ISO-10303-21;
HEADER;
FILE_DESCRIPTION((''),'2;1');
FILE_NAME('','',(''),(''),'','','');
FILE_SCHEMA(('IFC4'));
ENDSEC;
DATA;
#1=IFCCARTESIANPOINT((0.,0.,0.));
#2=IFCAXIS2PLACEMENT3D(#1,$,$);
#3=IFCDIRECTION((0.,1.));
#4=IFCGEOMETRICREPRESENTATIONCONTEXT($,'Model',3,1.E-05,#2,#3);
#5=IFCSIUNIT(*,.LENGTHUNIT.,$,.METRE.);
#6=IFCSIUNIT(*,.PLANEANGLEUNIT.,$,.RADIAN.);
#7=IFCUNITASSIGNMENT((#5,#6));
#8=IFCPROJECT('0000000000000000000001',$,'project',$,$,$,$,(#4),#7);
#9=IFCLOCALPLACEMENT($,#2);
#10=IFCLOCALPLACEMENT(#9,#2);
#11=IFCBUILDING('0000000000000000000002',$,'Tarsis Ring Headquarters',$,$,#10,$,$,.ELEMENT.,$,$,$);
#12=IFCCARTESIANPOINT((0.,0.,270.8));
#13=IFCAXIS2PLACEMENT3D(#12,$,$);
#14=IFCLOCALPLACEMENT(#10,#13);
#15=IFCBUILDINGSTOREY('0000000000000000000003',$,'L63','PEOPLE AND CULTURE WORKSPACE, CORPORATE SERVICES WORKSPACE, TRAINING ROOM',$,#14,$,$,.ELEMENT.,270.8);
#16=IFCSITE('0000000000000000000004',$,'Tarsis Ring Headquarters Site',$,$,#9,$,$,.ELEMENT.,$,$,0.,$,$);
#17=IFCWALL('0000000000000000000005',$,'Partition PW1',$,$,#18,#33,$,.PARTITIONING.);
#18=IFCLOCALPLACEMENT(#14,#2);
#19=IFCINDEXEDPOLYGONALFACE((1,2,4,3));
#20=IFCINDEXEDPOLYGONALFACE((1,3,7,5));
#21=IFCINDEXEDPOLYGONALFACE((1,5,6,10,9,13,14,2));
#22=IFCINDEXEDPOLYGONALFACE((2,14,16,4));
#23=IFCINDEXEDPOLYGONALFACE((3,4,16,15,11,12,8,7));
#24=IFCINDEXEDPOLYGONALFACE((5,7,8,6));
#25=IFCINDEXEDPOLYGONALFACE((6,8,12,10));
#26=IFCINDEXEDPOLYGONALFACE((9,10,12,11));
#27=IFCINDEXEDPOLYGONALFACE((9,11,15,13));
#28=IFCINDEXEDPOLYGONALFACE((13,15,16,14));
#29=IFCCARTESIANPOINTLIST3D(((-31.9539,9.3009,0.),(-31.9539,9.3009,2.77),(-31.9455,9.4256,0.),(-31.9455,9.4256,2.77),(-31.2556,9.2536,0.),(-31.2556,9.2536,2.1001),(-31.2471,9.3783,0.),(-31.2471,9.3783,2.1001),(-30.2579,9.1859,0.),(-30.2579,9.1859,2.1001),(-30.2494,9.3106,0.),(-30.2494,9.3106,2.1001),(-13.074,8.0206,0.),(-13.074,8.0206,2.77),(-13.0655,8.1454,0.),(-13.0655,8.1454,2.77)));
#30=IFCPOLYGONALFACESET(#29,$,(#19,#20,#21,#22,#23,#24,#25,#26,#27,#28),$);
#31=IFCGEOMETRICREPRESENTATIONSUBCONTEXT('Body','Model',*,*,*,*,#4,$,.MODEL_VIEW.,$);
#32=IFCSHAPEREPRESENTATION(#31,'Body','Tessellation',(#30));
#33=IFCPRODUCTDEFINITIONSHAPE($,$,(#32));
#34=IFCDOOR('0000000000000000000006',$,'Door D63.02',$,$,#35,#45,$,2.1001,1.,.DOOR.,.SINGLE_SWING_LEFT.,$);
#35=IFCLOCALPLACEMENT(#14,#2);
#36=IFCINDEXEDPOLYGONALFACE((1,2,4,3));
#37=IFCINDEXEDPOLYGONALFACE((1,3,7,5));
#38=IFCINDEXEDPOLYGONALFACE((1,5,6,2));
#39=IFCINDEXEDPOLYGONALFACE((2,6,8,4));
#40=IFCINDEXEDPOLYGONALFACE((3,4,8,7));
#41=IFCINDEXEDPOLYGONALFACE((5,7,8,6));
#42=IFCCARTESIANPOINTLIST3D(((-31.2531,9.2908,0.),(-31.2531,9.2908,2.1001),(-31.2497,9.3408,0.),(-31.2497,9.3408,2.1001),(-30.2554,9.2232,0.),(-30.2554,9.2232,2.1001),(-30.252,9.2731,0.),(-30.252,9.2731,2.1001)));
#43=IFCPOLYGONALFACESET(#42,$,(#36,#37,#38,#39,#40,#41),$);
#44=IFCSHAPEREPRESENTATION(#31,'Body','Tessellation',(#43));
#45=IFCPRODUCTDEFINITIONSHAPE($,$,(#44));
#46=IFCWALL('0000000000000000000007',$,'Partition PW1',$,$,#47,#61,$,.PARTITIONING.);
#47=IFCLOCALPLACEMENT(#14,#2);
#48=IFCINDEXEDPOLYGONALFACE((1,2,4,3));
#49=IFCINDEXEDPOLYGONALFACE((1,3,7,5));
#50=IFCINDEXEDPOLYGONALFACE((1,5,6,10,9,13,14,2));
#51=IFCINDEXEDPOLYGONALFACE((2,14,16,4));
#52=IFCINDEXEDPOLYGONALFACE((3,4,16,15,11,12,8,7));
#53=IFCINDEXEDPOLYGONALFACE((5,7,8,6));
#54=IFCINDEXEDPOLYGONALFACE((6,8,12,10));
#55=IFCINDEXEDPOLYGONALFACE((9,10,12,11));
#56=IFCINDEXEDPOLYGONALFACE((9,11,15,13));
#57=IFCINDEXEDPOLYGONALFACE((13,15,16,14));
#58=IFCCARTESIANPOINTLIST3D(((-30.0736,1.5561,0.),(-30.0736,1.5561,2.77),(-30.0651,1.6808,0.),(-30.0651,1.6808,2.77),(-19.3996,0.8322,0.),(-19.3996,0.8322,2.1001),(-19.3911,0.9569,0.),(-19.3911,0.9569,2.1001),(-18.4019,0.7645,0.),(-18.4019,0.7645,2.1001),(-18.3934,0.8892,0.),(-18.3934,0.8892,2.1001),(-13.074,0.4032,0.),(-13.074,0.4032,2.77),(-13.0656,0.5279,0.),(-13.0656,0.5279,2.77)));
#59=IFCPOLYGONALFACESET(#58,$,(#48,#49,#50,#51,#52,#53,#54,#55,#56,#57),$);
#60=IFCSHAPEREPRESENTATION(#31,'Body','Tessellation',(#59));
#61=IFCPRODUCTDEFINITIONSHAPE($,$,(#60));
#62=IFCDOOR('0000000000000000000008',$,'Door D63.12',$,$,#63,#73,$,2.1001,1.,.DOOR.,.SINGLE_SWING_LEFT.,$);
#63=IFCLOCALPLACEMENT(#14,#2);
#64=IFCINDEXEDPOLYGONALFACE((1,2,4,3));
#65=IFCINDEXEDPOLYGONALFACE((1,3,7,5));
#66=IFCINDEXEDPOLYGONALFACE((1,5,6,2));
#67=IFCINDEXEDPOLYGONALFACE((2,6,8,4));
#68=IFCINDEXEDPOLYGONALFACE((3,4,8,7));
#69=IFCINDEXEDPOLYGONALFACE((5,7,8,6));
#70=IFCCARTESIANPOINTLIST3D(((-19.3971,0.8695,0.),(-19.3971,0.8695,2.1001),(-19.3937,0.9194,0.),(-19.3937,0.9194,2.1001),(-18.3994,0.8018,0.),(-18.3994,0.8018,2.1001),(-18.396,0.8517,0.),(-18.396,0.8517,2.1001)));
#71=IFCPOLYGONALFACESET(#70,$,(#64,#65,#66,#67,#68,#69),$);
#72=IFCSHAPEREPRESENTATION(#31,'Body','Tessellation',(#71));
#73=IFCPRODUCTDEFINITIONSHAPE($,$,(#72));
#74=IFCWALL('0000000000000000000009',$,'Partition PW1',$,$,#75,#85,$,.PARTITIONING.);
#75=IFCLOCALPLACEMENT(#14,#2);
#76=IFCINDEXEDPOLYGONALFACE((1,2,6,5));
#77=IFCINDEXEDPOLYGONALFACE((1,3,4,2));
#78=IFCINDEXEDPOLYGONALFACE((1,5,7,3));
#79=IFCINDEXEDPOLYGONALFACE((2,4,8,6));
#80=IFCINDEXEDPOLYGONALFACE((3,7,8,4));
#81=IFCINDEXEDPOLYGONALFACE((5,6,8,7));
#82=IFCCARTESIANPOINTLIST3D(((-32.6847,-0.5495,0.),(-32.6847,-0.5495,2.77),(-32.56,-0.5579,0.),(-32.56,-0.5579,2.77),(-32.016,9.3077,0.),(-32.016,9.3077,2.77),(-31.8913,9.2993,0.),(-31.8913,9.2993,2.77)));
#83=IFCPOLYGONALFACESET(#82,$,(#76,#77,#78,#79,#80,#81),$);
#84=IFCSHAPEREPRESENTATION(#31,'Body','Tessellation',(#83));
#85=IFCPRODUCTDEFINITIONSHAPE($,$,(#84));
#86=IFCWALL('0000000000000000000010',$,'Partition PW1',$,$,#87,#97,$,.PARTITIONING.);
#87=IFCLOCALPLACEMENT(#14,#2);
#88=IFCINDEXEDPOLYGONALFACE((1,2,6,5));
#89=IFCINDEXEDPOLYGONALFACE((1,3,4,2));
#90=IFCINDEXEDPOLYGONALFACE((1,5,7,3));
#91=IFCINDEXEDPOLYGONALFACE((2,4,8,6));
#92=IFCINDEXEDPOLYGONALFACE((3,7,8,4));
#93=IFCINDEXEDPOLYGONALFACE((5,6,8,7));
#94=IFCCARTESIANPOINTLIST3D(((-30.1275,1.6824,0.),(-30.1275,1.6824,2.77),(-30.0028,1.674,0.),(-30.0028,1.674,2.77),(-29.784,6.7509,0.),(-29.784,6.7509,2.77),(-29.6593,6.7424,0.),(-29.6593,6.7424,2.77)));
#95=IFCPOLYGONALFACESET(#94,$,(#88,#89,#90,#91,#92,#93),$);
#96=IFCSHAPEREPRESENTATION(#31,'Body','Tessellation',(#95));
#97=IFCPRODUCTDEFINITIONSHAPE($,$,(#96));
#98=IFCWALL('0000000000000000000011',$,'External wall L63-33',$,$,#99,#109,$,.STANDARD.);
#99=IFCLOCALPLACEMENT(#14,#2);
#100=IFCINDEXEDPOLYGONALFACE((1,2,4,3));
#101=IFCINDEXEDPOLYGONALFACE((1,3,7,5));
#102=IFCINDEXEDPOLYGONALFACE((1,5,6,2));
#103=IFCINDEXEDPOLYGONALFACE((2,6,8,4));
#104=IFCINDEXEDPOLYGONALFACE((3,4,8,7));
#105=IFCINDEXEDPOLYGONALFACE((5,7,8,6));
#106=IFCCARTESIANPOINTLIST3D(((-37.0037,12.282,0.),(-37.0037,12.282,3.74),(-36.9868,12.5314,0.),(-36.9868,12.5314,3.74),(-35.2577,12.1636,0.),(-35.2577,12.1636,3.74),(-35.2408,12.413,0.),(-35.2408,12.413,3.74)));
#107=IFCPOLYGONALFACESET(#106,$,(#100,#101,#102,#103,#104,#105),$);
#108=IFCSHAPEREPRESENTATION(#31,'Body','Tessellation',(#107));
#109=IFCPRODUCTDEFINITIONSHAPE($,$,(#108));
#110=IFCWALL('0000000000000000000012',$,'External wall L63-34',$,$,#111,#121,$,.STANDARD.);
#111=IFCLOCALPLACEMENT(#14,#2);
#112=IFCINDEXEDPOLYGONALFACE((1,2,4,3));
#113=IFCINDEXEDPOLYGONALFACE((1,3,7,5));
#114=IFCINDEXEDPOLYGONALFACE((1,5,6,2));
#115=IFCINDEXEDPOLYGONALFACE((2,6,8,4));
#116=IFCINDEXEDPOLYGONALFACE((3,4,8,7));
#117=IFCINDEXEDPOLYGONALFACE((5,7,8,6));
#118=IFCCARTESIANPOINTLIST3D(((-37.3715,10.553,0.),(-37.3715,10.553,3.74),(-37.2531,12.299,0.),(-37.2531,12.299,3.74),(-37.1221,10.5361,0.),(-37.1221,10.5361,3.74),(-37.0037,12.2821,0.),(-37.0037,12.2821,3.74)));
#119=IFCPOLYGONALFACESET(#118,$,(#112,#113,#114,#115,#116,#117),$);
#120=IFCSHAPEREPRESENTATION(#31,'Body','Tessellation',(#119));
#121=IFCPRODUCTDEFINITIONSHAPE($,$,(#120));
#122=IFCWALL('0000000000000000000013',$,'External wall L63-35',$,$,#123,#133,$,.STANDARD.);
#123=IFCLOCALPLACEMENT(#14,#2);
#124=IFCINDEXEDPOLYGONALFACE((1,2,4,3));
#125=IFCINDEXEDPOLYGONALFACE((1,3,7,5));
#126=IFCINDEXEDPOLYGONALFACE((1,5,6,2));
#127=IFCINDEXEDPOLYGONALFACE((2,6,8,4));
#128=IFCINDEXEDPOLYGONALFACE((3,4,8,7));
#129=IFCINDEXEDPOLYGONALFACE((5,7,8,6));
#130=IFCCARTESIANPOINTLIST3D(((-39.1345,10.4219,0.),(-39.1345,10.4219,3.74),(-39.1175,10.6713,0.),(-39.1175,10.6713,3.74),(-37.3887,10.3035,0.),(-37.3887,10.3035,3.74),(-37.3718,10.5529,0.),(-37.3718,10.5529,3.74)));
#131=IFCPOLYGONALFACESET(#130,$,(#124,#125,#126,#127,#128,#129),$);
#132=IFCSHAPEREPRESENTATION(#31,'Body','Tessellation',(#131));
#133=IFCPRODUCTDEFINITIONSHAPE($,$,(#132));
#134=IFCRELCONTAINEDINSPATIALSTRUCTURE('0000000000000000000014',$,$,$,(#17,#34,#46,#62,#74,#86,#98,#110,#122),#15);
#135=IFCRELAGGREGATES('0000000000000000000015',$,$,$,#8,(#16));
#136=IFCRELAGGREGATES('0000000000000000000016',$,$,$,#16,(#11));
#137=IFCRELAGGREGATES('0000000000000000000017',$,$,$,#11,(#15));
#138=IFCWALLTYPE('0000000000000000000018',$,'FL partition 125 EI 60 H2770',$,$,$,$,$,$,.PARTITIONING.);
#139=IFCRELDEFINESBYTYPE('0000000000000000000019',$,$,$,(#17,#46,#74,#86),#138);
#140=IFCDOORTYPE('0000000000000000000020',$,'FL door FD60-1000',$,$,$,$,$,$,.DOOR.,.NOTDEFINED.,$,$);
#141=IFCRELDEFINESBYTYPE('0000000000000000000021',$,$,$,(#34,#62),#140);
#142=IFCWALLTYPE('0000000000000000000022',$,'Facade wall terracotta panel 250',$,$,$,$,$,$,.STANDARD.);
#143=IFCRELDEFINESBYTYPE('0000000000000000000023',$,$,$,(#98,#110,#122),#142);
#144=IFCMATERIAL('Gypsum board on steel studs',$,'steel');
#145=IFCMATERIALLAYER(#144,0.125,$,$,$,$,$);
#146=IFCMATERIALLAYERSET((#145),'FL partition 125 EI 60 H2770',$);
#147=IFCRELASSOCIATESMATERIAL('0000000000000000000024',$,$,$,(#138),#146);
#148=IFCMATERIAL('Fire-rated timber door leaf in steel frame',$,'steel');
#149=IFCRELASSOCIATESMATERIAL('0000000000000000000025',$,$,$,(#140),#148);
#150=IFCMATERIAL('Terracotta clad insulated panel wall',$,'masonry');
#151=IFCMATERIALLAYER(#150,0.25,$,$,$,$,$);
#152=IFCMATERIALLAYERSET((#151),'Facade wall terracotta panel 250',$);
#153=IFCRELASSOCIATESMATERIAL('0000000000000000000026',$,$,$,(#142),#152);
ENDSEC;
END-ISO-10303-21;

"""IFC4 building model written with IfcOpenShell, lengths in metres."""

from ifc_helpers import new_model, si_unit, direction, frame, frame_2d, origin, place, context, subcontext, project, spatial, rectangle, extrude, material, layer, layer_set, type_object, element, fill, save


model = new_model("IFC4")

# Units and contexts
model_context = context("Model", 3, precision=1e-05, world=origin(), true_north=direction((0.0, 1.0)))
body_context = subcontext(model_context, "Body", "Model", "MODEL_VIEW")
ifc_project = project(units=[si_unit("LENGTHUNIT", "METRE"), si_unit("PLANEANGLEUNIT", "RADIAN")], contexts=[model_context])

# Site, building, storey
site_placement = place(None, origin())
site = spatial("IfcSite", under=ifc_project, at=site_placement, Name="Tarsis Ring Headquarters Site", CompositionType="ELEMENT", RefElevation=0.0)
building_placement = place(site_placement, origin())
building = spatial("IfcBuilding", under=site, at=building_placement, Name="Tarsis Ring Headquarters", CompositionType="ELEMENT")
storey_placement = place(building_placement, frame((0.0, 0.0, 270.8)))
storey = spatial("IfcBuildingStorey", under=building, at=storey_placement, Name="L63", Description="PEOPLE AND CULTURE WORKSPACE, CORPORATE SERVICES WORKSPACE, TRAINING ROOM", CompositionType="ELEMENT", Elevation=270.8)

# Shared definitions
ifc_material_1 = material(Name="Gypsum board on steel studs", Category="steel")

# Walls, openings, doors
ifc_layer_1 = layer(ifc_material_1, 0.125)
ifc_layer_set_1 = layer_set([ifc_layer_1], Name="FL partition 125 EI 60 H2770")
wall_type_1 = type_object("IfcWallType", Name="FL partition 125 EI 60 H2770", PredefinedType="PARTITIONING", material=ifc_layer_set_1)
ifc_material_2 = material(Name="Fire-rated timber door leaf in steel frame", Category="steel")
wall_1_placement = place(storey_placement, frame((-31.9497, 9.3633, 0.0), z_axis=(0.0, 0.0, 1.0), x_axis=(0.997709, -0.067656, 0.0)))
wall_1 = element("IfcWall", 1, at=wall_1_placement, inside=storey, type_object=wall_type_1, Name="Partition PW1", PredefinedType="PARTITIONING", context=body_context, shape_type="SweptSolid", body=[
    extrude(rectangle(XDim=18.9233, YDim=0.125, at=frame_2d((9.4617, 0.0))), origin(), (0.0, 0.0, 1.0), 2.77),
])
opening_1_placement = place(wall_1_placement, frame((0.7, 0.0, 0.0)))
opening_1 = element("IfcOpeningElement", 2, at=opening_1_placement, cuts=wall_1, PredefinedType="OPENING", context=body_context, shape_type="SweptSolid", body=[
    extrude(rectangle(XDim=1.0, YDim=2.1001, at=frame_2d((0.5, 1.05))), frame((0.0, 0.0725, 0.0), z_axis=(0.0, -1.0, 0.0), x_axis=(1.0, 0.0, 0.0)), (0.0, 0.0, 1.0), 0.145),
])
door_type_1 = type_object("IfcDoorType", Name="FL door FD60-1000", OperationType="NOTDEFINED", PredefinedType="DOOR", material=ifc_material_2)
door_1_placement = place(opening_1_placement, origin())
door_1 = element("IfcDoor", 3, at=door_1_placement, inside=storey, type_object=door_type_1, Name="Door D63.02", OperationType="SINGLE_SWING_LEFT", OverallHeight=2.1001, OverallWidth=1.0, PredefinedType="DOOR", context=body_context, shape_type="SweptSolid", body=[
    extrude(rectangle(XDim=1.0, YDim=2.1001, at=frame_2d((0.5, 1.05))), frame((0.0, 0.0249, 0.0), z_axis=(0.0, -1.0, 0.0), x_axis=(1.0, 0.0, 0.0)), (0.0, 0.0, 1.0), 0.05),
])
fill(opening_1, door_1)
wall_2_placement = place(storey_placement, frame((-30.0693, 1.6184, 0.0), z_axis=(0.0, 0.0, 1.0), x_axis=(0.997708, -0.06766, 0.0)))
wall_2 = element("IfcWall", 4, at=wall_2_placement, inside=storey, type_object=wall_type_1, Name="Partition PW1", PredefinedType="PARTITIONING", context=body_context, shape_type="SweptSolid", body=[
    extrude(rectangle(XDim=17.0386, YDim=0.125, at=frame_2d((8.5193, 0.0))), origin(), (0.0, 0.0, 1.0), 2.77),
])
opening_2_placement = place(wall_2_placement, frame((10.6985, 0.0, 0.0)))
opening_2 = element("IfcOpeningElement", 5, at=opening_2_placement, cuts=wall_2, PredefinedType="OPENING", context=body_context, shape_type="SweptSolid", body=[
    extrude(rectangle(XDim=1.0, YDim=2.1001, at=frame_2d((0.5, 1.05))), frame((0.0, 0.0725, 0.0), z_axis=(0.0, -1.0, 0.0), x_axis=(1.0, 0.0, 0.0)), (0.0, 0.0, 1.0), 0.145),
])
door_2_placement = place(opening_2_placement, origin())
door_2 = element("IfcDoor", 6, at=door_2_placement, inside=storey, type_object=door_type_1, Name="Door D63.12", OperationType="SINGLE_SWING_LEFT", OverallHeight=2.1001, OverallWidth=1.0, PredefinedType="DOOR", context=body_context, shape_type="SweptSolid", body=[
    extrude(rectangle(XDim=1.0, YDim=2.1001, at=frame_2d((0.5, 1.05))), frame((0.0, 0.0249, 0.0), z_axis=(0.0, -1.0, 0.0), x_axis=(1.0, 0.0, 0.0)), (0.0, 0.0, 1.0), 0.05),
])
fill(opening_2, door_2)

# Walls
wall_3_placement = place(storey_placement, frame((-32.6223, -0.5537, 0.0), z_axis=(0.0, 0.0, 1.0), x_axis=(0.067683, 0.997707, 0.0)))
element("IfcWall", 7, at=wall_3_placement, inside=storey, type_object=wall_type_1, Name="Partition PW1", PredefinedType="PARTITIONING", context=body_context, shape_type="SweptSolid", body=[
    extrude(rectangle(XDim=9.8799, YDim=0.125, at=frame_2d((4.9399, 0.0))), origin(), (0.0, 0.0, 1.0), 2.77),
])
wall_4_placement = place(storey_placement, frame((-30.0652, 1.6782, 0.0), z_axis=(0.0, 0.0, 1.0), x_axis=(0.067619, 0.997711, 0.0)))
element("IfcWall", 8, at=wall_4_placement, inside=storey, type_object=wall_type_1, Name="Partition PW1", PredefinedType="PARTITIONING", context=body_context, shape_type="SweptSolid", body=[
    extrude(rectangle(XDim=5.0801, YDim=0.125, at=frame_2d((2.54, 0.0))), origin(), (0.0, 0.0, 1.0), 2.77),
])
ifc_material_3 = material(Name="Terracotta clad insulated panel wall", Category="masonry")
ifc_layer_2 = layer(ifc_material_3, 0.25)
ifc_layer_set_2 = layer_set([ifc_layer_2], Name="Facade wall terracotta panel 250")
wall_type_2 = type_object("IfcWallType", Name="Facade wall terracotta panel 250", PredefinedType="STANDARD", material=ifc_layer_set_2)
for number, where, z_axis, x_axis, name in (
    (9, (-35.2493, 12.2883, 0.0), (0.0, 0.0, 1.0), (-0.997709, 0.067658, 0.0), "External wall L63-33"),
    (10, (-37.1284, 12.2905, 0.0), (0.0, 0.0, 1.0), (-0.067658, -0.997709, 0.0), "External wall L63-34"),
):
    element("IfcWall", number, at=place(storey_placement, frame(where, z_axis=z_axis, x_axis=x_axis)), inside=storey, type_object=wall_type_2, Name=name, PredefinedType="STANDARD", context=body_context, shape_type="SweptSolid", body=[
        extrude(rectangle(XDim=1.75, YDim=0.25, at=frame_2d((0.875, 0.0))), origin(), (0.0, 0.0, 1.0), 3.74),
    ])
wall_5_placement = place(storey_placement, frame((-37.3801, 10.4282, 0.0), z_axis=(0.0, 0.0, 1.0), x_axis=(-0.997708, 0.067667, 0.0)))
element("IfcWall", 11, at=wall_5_placement, inside=storey, type_object=wall_type_2, Name="External wall L63-35", PredefinedType="STANDARD", context=body_context, shape_type="SweptSolid", body=[
    extrude(rectangle(XDim=1.7498, YDim=0.25, at=frame_2d((0.875, 0.0))), origin(), (0.0, 0.0, 1.0), 3.74),
])

save(model, "model.ifc")
